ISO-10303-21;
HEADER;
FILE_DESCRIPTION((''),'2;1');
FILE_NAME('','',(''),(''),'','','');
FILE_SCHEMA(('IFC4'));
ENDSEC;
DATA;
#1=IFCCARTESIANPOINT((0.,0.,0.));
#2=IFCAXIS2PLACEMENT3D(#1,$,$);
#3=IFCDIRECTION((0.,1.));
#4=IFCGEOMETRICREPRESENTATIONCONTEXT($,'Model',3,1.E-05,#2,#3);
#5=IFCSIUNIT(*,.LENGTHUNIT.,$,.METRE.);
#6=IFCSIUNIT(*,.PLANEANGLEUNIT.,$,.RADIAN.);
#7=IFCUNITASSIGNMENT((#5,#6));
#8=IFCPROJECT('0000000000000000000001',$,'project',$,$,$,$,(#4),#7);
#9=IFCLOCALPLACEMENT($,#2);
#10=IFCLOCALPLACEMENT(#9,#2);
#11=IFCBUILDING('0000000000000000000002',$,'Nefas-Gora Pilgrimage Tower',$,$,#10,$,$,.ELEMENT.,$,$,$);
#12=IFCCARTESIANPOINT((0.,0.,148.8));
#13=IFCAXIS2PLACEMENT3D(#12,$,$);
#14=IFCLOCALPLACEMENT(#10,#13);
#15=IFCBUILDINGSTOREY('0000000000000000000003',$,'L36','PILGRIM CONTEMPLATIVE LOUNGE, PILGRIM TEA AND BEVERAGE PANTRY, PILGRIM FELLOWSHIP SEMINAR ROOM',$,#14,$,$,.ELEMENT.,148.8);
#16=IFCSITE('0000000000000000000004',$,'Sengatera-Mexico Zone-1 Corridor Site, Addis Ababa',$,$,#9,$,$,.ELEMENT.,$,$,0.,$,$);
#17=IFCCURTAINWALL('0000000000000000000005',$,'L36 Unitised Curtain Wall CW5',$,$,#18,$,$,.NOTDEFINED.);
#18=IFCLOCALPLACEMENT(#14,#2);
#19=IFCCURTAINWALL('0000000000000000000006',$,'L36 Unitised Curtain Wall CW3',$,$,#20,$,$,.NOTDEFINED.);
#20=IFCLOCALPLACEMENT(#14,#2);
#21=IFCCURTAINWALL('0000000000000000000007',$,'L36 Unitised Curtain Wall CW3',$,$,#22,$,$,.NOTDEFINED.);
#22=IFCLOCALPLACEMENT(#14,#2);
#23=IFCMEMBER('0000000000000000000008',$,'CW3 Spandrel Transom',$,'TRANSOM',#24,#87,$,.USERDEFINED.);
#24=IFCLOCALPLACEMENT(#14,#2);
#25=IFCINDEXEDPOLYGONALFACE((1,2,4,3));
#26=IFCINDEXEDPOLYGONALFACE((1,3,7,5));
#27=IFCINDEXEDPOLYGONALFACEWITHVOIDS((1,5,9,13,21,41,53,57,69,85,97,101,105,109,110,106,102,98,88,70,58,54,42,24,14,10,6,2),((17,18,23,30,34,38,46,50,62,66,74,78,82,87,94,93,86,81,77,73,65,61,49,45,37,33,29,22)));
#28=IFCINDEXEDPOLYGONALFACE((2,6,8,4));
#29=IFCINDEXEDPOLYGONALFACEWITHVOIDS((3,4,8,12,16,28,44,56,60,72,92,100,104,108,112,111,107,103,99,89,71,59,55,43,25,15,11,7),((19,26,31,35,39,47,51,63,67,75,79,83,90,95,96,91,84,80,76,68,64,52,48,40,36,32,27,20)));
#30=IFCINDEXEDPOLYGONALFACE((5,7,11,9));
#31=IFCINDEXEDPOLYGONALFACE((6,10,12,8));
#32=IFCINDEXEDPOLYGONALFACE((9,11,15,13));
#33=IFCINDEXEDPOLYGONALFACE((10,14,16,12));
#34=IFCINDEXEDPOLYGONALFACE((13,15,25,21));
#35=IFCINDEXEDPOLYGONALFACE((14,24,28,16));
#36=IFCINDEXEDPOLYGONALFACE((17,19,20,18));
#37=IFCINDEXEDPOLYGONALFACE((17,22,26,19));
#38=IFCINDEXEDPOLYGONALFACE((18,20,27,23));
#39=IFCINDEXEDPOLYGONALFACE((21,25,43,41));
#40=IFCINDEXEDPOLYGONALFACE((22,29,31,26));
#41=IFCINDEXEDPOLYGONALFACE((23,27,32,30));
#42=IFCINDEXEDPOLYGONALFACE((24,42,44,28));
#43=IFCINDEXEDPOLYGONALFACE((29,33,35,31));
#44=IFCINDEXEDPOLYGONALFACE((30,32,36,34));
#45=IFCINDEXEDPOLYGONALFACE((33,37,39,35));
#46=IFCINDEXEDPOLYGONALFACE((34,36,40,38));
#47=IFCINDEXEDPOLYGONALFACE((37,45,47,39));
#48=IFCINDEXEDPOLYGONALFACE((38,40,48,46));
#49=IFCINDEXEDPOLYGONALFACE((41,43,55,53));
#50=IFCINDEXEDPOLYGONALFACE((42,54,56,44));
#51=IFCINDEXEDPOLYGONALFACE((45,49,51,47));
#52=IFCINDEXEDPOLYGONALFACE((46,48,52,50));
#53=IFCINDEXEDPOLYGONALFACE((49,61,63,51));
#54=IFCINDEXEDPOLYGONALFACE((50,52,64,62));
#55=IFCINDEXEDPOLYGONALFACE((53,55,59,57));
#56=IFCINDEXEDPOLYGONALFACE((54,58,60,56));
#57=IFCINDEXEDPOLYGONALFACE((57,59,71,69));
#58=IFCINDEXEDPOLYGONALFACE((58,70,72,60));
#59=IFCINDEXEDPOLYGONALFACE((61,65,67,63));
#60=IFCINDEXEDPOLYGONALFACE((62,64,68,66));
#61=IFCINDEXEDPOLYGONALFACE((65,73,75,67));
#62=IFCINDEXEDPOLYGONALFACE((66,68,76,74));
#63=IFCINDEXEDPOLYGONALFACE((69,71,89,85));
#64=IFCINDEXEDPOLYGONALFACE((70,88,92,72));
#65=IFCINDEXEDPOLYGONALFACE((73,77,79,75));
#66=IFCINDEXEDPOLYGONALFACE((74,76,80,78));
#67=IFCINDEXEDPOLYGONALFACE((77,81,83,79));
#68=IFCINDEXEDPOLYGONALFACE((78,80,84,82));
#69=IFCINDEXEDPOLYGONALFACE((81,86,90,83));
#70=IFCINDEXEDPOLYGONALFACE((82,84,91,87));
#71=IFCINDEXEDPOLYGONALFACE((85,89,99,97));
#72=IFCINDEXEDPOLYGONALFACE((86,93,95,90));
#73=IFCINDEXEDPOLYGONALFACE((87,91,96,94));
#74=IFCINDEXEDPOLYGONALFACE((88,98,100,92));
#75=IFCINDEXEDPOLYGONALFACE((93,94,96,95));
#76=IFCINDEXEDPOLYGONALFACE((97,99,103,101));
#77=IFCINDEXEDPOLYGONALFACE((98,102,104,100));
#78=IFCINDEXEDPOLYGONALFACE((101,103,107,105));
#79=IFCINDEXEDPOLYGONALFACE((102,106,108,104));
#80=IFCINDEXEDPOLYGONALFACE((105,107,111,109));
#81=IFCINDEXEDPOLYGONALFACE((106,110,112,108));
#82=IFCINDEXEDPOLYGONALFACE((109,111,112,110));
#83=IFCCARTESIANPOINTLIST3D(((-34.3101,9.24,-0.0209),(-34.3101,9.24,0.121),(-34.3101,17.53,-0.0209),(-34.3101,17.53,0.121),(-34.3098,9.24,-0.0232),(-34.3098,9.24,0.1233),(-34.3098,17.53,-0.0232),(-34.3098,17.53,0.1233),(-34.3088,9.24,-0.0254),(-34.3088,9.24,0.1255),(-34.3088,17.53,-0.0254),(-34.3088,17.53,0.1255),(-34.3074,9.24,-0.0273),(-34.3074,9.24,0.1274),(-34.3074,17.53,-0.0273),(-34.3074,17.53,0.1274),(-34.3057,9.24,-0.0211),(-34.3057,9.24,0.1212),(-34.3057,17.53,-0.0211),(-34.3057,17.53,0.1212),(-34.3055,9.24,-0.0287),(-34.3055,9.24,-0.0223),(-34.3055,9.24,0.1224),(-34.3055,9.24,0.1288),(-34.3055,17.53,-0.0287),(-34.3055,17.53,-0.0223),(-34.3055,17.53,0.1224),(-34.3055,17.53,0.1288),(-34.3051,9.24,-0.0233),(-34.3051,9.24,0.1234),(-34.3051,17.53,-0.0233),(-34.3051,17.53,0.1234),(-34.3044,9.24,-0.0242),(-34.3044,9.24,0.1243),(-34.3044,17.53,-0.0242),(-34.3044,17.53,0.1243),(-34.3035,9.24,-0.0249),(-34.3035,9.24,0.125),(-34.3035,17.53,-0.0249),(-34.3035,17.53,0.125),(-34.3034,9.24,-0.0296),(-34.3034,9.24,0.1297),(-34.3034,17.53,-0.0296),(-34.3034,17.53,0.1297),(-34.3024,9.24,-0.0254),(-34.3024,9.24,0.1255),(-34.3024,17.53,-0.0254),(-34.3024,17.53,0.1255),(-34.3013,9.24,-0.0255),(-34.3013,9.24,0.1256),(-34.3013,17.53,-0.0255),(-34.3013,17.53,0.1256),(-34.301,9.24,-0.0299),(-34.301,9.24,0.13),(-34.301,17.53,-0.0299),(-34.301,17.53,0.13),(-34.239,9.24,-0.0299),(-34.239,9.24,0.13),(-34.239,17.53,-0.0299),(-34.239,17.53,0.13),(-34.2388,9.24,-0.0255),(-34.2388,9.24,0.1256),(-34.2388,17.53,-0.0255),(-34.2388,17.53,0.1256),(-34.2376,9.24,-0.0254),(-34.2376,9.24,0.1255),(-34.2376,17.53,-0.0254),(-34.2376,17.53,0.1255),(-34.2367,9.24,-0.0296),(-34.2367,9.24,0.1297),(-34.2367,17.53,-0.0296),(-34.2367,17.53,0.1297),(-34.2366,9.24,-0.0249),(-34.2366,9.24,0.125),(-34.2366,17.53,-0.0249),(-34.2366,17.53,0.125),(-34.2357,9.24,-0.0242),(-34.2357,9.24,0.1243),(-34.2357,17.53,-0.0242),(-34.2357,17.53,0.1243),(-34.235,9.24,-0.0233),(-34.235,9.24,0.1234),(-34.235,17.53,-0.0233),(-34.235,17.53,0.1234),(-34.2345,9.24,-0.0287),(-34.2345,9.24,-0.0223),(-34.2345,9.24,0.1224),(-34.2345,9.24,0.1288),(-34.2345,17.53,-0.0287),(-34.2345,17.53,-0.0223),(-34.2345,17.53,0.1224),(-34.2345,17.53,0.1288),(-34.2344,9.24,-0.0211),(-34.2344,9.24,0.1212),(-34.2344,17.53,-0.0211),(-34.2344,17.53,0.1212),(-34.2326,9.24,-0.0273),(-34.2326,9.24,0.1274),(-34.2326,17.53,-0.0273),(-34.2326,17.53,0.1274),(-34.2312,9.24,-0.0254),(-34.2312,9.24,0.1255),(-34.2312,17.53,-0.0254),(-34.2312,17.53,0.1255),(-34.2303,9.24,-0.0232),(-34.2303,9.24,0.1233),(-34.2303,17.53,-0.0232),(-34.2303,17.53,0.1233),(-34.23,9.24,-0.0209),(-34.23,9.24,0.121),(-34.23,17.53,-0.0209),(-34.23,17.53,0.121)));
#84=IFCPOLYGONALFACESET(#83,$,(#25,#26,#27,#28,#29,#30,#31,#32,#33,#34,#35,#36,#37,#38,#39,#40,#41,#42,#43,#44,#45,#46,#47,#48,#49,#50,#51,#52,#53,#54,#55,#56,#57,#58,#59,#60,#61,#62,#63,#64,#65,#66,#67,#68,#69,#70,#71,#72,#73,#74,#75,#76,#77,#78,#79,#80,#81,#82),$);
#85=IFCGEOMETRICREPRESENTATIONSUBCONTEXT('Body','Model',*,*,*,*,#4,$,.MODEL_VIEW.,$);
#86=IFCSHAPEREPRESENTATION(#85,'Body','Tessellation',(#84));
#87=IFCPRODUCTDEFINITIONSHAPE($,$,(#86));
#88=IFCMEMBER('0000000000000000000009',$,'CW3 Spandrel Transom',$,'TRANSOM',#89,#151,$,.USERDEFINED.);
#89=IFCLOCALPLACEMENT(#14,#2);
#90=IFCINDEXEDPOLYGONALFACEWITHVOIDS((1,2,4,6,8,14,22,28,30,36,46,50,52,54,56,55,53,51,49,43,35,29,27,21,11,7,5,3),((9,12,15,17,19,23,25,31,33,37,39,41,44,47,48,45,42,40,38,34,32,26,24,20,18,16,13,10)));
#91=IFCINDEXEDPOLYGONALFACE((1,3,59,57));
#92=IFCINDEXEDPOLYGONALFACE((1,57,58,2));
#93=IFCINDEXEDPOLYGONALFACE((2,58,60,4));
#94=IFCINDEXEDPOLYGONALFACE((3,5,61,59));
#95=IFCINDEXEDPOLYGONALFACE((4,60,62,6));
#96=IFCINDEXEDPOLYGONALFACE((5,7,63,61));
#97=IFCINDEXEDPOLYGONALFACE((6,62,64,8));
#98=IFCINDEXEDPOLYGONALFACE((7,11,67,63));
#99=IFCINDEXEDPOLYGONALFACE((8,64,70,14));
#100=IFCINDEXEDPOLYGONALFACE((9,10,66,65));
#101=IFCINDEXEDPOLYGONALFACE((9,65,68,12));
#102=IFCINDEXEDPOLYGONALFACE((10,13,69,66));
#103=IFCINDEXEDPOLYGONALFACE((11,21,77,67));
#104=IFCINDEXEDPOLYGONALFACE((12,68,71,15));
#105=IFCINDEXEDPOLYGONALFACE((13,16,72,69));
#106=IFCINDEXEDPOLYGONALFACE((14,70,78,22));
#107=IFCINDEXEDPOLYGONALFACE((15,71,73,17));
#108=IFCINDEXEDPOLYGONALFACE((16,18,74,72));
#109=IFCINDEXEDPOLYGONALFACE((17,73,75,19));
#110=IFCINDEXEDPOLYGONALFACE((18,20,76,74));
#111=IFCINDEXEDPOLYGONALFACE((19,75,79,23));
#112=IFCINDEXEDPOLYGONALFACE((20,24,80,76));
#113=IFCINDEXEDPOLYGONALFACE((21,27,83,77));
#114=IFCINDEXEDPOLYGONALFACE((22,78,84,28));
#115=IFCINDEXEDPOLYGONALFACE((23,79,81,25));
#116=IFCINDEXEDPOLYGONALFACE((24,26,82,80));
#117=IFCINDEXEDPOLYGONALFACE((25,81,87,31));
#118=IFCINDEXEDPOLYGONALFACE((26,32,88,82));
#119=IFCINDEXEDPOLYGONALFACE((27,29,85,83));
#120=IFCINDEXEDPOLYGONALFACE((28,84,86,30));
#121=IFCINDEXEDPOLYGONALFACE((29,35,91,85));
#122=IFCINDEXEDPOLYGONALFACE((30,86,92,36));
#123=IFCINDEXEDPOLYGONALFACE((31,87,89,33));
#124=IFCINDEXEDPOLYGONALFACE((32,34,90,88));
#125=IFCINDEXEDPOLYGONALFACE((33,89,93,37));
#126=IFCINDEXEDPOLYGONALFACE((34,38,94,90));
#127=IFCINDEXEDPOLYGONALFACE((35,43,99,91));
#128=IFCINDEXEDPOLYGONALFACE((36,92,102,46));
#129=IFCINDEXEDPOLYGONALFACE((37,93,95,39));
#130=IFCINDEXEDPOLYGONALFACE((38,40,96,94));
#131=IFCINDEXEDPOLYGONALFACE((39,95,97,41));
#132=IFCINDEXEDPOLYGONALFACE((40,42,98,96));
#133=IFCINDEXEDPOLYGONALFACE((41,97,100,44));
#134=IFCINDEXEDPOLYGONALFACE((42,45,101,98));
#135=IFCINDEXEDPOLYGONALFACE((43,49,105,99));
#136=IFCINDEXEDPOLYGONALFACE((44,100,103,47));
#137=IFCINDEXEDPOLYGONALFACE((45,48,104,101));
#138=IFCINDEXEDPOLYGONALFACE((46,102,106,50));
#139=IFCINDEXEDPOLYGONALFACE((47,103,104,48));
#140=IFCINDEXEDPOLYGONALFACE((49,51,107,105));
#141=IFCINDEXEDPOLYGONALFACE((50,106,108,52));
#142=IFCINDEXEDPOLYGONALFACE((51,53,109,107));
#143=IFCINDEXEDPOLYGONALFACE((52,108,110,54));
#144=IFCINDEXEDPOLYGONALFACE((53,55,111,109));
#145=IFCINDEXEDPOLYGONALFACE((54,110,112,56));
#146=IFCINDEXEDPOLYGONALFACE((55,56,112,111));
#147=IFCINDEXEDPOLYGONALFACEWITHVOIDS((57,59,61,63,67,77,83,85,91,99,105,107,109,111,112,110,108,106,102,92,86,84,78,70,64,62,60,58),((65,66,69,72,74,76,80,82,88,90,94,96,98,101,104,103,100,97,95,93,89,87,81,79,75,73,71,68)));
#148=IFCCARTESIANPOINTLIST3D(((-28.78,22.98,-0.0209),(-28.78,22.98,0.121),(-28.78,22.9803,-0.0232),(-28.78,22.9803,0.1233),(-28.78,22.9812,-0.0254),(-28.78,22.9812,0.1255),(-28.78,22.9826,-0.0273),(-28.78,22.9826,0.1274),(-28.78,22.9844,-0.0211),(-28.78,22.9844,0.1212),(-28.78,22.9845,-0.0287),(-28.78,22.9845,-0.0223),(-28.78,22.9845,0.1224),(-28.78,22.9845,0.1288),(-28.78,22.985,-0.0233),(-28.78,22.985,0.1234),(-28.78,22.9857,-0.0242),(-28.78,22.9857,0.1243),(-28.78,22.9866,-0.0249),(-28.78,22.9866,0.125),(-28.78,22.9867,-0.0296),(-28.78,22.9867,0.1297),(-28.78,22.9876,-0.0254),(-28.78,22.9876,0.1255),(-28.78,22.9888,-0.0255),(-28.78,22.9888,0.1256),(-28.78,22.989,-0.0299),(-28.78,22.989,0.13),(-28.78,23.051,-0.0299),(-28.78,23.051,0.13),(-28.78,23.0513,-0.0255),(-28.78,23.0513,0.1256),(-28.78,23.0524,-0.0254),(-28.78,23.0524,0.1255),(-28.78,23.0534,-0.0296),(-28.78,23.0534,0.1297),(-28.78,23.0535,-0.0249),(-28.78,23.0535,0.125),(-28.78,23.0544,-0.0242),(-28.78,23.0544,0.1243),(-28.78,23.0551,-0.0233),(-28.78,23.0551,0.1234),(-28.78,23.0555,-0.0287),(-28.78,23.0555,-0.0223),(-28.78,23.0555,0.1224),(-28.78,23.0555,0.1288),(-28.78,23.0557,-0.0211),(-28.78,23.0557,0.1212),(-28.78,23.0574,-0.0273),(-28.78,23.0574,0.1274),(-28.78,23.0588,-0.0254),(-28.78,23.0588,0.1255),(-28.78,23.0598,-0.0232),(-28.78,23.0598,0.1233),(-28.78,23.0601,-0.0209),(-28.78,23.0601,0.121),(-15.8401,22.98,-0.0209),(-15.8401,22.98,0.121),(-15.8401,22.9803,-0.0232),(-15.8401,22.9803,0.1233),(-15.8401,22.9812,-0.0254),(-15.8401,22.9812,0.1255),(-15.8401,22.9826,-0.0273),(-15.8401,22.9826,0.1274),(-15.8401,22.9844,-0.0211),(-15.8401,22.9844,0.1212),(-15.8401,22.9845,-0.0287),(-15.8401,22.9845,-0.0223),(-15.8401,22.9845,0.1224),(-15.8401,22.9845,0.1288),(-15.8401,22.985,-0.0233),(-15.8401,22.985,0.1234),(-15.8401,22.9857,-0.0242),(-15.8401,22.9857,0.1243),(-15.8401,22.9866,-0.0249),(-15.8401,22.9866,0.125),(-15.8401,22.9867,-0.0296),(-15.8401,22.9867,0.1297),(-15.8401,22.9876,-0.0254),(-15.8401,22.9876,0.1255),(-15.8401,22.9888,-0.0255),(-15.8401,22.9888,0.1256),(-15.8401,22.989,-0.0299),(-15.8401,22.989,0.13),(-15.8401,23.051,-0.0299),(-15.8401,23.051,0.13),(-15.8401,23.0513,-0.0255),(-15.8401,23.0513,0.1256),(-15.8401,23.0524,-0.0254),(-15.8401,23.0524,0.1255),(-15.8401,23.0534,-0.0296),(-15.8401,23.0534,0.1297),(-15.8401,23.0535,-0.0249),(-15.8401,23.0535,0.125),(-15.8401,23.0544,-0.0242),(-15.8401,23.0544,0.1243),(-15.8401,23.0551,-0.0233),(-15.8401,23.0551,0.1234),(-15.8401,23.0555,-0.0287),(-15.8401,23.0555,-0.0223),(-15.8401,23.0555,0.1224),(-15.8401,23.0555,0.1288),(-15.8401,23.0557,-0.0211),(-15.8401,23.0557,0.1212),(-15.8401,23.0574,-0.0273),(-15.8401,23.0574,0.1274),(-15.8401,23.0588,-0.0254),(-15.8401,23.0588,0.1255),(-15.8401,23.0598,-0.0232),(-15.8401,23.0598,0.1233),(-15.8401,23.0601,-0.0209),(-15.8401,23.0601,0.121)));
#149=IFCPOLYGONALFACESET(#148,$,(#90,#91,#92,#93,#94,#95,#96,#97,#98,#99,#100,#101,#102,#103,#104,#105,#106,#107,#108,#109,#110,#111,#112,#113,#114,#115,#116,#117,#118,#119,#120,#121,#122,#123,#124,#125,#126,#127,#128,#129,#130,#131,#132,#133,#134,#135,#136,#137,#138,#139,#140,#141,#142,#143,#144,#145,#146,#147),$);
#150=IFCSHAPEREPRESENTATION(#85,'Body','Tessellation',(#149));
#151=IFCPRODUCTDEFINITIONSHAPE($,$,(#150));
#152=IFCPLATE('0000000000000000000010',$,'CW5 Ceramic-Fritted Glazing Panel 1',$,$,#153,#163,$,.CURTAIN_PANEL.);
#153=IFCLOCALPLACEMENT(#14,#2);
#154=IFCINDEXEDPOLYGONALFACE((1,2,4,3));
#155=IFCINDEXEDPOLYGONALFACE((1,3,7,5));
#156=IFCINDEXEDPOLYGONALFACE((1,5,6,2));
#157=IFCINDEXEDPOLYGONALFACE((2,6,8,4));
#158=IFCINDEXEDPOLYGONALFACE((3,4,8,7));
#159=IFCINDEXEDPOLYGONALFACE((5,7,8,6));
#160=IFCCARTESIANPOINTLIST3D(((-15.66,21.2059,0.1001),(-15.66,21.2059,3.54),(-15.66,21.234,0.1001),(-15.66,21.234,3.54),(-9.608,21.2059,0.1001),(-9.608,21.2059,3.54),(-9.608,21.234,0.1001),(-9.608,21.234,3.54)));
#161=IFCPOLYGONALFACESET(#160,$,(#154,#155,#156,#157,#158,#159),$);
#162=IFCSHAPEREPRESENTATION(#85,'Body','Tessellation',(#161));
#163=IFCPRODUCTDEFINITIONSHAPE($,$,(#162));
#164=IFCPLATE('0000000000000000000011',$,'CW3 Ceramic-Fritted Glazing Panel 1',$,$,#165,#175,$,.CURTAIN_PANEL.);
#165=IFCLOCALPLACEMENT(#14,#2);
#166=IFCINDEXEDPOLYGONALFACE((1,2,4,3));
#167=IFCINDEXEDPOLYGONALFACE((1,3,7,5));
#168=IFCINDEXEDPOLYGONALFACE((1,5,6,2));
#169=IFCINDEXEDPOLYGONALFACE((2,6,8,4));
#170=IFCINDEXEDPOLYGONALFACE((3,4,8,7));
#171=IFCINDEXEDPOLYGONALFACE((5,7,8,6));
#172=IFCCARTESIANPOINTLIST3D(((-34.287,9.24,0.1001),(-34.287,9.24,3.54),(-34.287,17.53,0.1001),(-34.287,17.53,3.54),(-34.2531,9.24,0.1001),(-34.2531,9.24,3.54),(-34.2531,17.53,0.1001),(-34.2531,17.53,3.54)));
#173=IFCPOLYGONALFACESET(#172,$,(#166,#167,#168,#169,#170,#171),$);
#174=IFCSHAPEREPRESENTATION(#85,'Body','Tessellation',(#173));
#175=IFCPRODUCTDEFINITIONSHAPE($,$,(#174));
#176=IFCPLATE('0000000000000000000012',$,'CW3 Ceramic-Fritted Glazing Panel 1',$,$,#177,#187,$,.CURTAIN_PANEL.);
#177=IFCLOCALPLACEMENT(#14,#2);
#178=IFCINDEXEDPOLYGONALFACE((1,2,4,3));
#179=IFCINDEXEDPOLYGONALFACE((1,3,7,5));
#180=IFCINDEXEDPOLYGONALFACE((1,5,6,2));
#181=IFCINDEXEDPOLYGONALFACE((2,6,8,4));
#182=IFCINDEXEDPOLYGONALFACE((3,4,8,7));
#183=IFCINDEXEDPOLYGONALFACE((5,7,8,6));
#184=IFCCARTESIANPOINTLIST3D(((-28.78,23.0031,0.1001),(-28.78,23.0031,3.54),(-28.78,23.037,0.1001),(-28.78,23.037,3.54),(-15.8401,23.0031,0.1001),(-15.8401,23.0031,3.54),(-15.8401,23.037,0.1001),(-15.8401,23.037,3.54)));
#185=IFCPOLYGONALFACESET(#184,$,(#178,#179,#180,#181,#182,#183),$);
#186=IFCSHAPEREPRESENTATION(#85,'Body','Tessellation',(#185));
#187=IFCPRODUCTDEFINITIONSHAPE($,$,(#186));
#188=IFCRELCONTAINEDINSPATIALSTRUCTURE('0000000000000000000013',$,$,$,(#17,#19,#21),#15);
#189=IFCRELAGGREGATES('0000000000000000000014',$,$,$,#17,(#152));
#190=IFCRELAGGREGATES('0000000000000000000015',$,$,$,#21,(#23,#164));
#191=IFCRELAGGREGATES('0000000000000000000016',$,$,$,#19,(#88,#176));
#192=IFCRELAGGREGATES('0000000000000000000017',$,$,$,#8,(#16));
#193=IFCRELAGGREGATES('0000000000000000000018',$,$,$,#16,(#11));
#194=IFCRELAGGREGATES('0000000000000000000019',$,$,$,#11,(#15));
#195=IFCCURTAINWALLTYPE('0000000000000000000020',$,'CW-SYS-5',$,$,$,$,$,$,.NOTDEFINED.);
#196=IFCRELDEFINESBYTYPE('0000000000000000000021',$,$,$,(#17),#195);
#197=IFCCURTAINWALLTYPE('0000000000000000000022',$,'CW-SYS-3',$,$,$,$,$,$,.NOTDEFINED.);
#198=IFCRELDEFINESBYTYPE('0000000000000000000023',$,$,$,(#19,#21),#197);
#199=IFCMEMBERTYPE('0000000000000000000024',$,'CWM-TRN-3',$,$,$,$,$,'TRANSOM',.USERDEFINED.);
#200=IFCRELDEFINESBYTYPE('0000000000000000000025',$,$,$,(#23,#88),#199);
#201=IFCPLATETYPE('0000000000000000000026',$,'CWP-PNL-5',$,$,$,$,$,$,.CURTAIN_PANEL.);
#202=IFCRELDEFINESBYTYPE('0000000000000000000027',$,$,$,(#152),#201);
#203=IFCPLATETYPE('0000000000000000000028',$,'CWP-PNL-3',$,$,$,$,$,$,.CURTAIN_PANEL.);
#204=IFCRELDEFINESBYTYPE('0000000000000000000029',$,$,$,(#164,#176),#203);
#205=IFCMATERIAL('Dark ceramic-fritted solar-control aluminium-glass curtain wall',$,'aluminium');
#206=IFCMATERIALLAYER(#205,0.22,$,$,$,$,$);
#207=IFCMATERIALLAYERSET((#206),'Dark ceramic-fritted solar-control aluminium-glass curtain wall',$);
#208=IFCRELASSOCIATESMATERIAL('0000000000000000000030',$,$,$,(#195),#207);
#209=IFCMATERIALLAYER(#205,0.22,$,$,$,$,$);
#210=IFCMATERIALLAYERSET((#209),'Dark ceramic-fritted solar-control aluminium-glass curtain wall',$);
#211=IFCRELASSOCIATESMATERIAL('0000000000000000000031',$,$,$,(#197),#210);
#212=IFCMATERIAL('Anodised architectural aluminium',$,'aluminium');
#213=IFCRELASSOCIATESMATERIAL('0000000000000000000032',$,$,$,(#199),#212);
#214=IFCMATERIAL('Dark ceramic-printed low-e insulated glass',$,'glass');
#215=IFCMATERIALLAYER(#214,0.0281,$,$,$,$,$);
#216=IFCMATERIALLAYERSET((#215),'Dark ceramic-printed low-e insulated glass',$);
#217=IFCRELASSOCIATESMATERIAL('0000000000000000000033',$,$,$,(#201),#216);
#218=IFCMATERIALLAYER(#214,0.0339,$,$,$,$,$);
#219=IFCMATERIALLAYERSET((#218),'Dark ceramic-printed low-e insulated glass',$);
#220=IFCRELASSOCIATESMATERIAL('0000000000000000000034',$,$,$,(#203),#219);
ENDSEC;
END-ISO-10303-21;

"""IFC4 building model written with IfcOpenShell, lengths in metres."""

from ifc_helpers import new_model, si_unit, direction, frame, origin, origin_2d, place, context, subcontext, project, spatial, rectangle, hollow_rectangle, extrude, source, transform, mapped, material, layer, layer_set, material_profile, profile_set, type_object, element, aggregate, save


model = new_model("IFC4")

# Units and contexts
model_context = context("Model", 3, precision=1e-05, world=origin(), true_north=direction((0.0, 1.0)))
body_context = subcontext(model_context, "Body", "Model", "MODEL_VIEW")
ifc_project = project(units=[si_unit("LENGTHUNIT", "METRE"), si_unit("PLANEANGLEUNIT", "RADIAN")], contexts=[model_context])

# Site, building, storey
site_placement = place(None, origin())
site = spatial("IfcSite", under=ifc_project, at=site_placement, Name="Sengatera-Mexico Zone-1 Corridor Site, Addis Ababa", CompositionType="ELEMENT", RefElevation=0.0)
building_placement = place(site_placement, origin())
building = spatial("IfcBuilding", under=site, at=building_placement, Name="Nefas-Gora Pilgrimage Tower", CompositionType="ELEMENT")
storey_placement = place(building_placement, frame((0.0, 0.0, 148.8)))
storey = spatial("IfcBuildingStorey", under=building, at=storey_placement, Name="L36", Description="PILGRIM CONTEMPLATIVE LOUNGE, PILGRIM TEA AND BEVERAGE PANTRY, PILGRIM FELLOWSHIP SEMINAR ROOM", CompositionType="ELEMENT", Elevation=148.8)

# Curtain wall
ifc_material_1 = material(Name="Dark ceramic-fritted solar-control aluminium-glass curtain wall", Category="aluminium")
ifc_layer_1 = layer(ifc_material_1, 0.22)
ifc_layer_set_1 = layer_set([ifc_layer_1], Name="Dark ceramic-fritted solar-control aluminium-glass curtain wall")
curtain_wall_type_1 = type_object("IfcCurtainWallType", Name="CW-SYS-5", PredefinedType="NOTDEFINED", material=ifc_layer_set_1)
curtain_wall_1_placement = place(storey_placement, origin())
curtain_wall_1 = element("IfcCurtainWall", 1, at=curtain_wall_1_placement, inside=storey, type_object=curtain_wall_type_1, Name="L36 Unitised Curtain Wall CW5", PredefinedType="NOTDEFINED")
ifc_material_2 = material(Name="Anodised architectural aluminium", Category="aluminium")

# Curtain walls, member
ifc_layer_2 = layer(ifc_material_1, 0.22)
ifc_layer_set_2 = layer_set([ifc_layer_2], Name="Dark ceramic-fritted solar-control aluminium-glass curtain wall")
curtain_wall_type_2 = type_object("IfcCurtainWallType", Name="CW-SYS-3", PredefinedType="NOTDEFINED", material=ifc_layer_set_2)
curtain_wall_2_placement = place(storey_placement, origin())
curtain_wall_2 = element("IfcCurtainWall", 2, at=curtain_wall_2_placement, inside=storey, type_object=curtain_wall_type_2, Name="L36 Unitised Curtain Wall CW3", PredefinedType="NOTDEFINED")
curtain_wall_3_placement = place(storey_placement, origin())
curtain_wall_3 = element("IfcCurtainWall", 3, at=curtain_wall_3_placement, inside=storey, type_object=curtain_wall_type_2, Name="L36 Unitised Curtain Wall CW3", PredefinedType="NOTDEFINED")
ifc_material_profile_1 = material_profile(ifc_material_2, hollow_rectangle(XDim=0.0801, YDim=0.1599, WallThickness=0.0044, InnerFilletRadius=0.0044, OuterFilletRadius=0.009, at=origin_2d()), Name="ALU TRANSOM 80x160")
ifc_profile_set_1 = profile_set([ifc_material_profile_1], Name="Anodised architectural aluminium")
member_type_1 = type_object("IfcMemberType", Name="CWM-TRN-3", ElementType="TRANSOM", PredefinedType="USERDEFINED", material=ifc_profile_set_1)
shared_shape_1 = source(origin(), body_context, "Body", "SweptSolid", [
    extrude(hollow_rectangle(XDim=0.0801, YDim=0.1599, WallThickness=0.0044, InnerFilletRadius=0.0044, OuterFilletRadius=0.009, at=origin_2d()), origin(), (0.0, 0.0, 1.0), 8.29),
])
member_1_placement = place(storey_placement, frame((-34.27, 17.53, 0.05), z_axis=(0.0, -1.0, 0.0), x_axis=(1.0, 0.0, 0.0)))
member_1 = element("IfcMember", 4, at=member_1_placement, type_object=member_type_1, Name="CW3 Spandrel Transom", ObjectType="TRANSOM", PredefinedType="USERDEFINED", context=body_context, shape_type="MappedRepresentation", body=[
    mapped(shared_shape_1, transform((0.0, 0.0, 0.0), x_axis=(1.0, 0.0, 0.0), y_axis=(0.0, 1.0, 0.0), z_axis=(0.0, 0.0, 1.0), scale=1.0)),
])

# Member
shared_shape_2 = source(origin(), body_context, "Body", "SweptSolid", [
    extrude(hollow_rectangle(XDim=0.0801, YDim=0.1599, WallThickness=0.0044, InnerFilletRadius=0.0044, OuterFilletRadius=0.009, at=origin_2d()), origin(), (0.0, 0.0, 1.0), 12.9399),
])
member_2_placement = place(storey_placement, frame((-15.8401, 23.02, 0.05), z_axis=(-1.0, 0.0, 0.0), x_axis=(0.0, -1.0, 0.0)))
member_2 = element("IfcMember", 5, at=member_2_placement, type_object=member_type_1, Name="CW3 Spandrel Transom", ObjectType="TRANSOM", PredefinedType="USERDEFINED", context=body_context, shape_type="MappedRepresentation", body=[
    mapped(shared_shape_2, transform((0.0, 0.0, 0.0), x_axis=(1.0, 0.0, 0.0), y_axis=(0.0, 1.0, 0.0), z_axis=(0.0, 0.0, 1.0), scale=1.0)),
])

# Plates
ifc_material_3 = material(Name="Dark ceramic-printed low-e insulated glass", Category="glass")
ifc_layer_3 = layer(ifc_material_3, 0.0281)
ifc_layer_set_3 = layer_set([ifc_layer_3], Name="Dark ceramic-printed low-e insulated glass")
plate_type_1 = type_object("IfcPlateType", Name="CWP-PNL-5", PredefinedType="CURTAIN_PANEL", material=ifc_layer_set_3)
shared_shape_3 = source(origin(), body_context, "Body", "SweptSolid", [
    extrude(rectangle(XDim=6.052, YDim=0.0281, at=origin_2d()), origin(), (0.0, 0.0, 1.0), 3.4399),
])
plate_1_placement = place(storey_placement, frame((-12.634, 21.22, 0.1001), z_axis=(0.0, 0.0, 1.0), x_axis=(-1.0, 0.0, 0.0)))
plate_1 = element("IfcPlate", 6, at=plate_1_placement, type_object=plate_type_1, Name="CW5 Ceramic-Fritted Glazing Panel 1", PredefinedType="CURTAIN_PANEL", context=body_context, shape_type="MappedRepresentation", body=[
    mapped(shared_shape_3, transform((0.0, 0.0, 0.0), x_axis=(1.0, 0.0, 0.0), y_axis=(0.0, 1.0, 0.0), z_axis=(0.0, 0.0, 1.0), scale=1.0)),
])
aggregate(curtain_wall_1, [plate_1])
ifc_layer_4 = layer(ifc_material_3, 0.0339)
ifc_layer_set_4 = layer_set([ifc_layer_4], Name="Dark ceramic-printed low-e insulated glass")
plate_type_2 = type_object("IfcPlateType", Name="CWP-PNL-3", PredefinedType="CURTAIN_PANEL", material=ifc_layer_set_4)
shared_shape_4 = source(origin(), body_context, "Body", "SweptSolid", [
    extrude(rectangle(XDim=8.29, YDim=0.0339, at=origin_2d()), origin(), (0.0, 0.0, 1.0), 3.4399),
])
plate_2_placement = place(storey_placement, frame((-34.27, 13.385, 0.1001), z_axis=(0.0, 0.0, 1.0), x_axis=(0.0, -1.0, 0.0)))
plate_2 = element("IfcPlate", 7, at=plate_2_placement, type_object=plate_type_2, Name="CW3 Ceramic-Fritted Glazing Panel 1", PredefinedType="CURTAIN_PANEL", context=body_context, shape_type="MappedRepresentation", body=[
    mapped(shared_shape_4, transform((0.0, 0.0, 0.0), x_axis=(1.0, 0.0, 0.0), y_axis=(0.0, 1.0, 0.0), z_axis=(0.0, 0.0, 1.0), scale=1.0)),
])
aggregate(curtain_wall_3, [member_1, plate_2])
shared_shape_5 = source(origin(), body_context, "Body", "SweptSolid", [
    extrude(rectangle(XDim=12.9399, YDim=0.0339, at=origin_2d()), origin(), (0.0, 0.0, 1.0), 3.4399),
])
plate_3_placement = place(storey_placement, frame((-22.3101, 23.02, 0.1001), z_axis=(0.0, 0.0, 1.0), x_axis=(-1.0, 0.0, 0.0)))
plate_3 = element("IfcPlate", 8, at=plate_3_placement, type_object=plate_type_2, Name="CW3 Ceramic-Fritted Glazing Panel 1", PredefinedType="CURTAIN_PANEL", context=body_context, shape_type="MappedRepresentation", body=[
    mapped(shared_shape_5, transform((0.0, 0.0, 0.0), x_axis=(1.0, 0.0, 0.0), y_axis=(0.0, 1.0, 0.0), z_axis=(0.0, 0.0, 1.0), scale=1.0)),
])
aggregate(curtain_wall_2, [member_2, plate_3])

save(model, "model.ifc")
